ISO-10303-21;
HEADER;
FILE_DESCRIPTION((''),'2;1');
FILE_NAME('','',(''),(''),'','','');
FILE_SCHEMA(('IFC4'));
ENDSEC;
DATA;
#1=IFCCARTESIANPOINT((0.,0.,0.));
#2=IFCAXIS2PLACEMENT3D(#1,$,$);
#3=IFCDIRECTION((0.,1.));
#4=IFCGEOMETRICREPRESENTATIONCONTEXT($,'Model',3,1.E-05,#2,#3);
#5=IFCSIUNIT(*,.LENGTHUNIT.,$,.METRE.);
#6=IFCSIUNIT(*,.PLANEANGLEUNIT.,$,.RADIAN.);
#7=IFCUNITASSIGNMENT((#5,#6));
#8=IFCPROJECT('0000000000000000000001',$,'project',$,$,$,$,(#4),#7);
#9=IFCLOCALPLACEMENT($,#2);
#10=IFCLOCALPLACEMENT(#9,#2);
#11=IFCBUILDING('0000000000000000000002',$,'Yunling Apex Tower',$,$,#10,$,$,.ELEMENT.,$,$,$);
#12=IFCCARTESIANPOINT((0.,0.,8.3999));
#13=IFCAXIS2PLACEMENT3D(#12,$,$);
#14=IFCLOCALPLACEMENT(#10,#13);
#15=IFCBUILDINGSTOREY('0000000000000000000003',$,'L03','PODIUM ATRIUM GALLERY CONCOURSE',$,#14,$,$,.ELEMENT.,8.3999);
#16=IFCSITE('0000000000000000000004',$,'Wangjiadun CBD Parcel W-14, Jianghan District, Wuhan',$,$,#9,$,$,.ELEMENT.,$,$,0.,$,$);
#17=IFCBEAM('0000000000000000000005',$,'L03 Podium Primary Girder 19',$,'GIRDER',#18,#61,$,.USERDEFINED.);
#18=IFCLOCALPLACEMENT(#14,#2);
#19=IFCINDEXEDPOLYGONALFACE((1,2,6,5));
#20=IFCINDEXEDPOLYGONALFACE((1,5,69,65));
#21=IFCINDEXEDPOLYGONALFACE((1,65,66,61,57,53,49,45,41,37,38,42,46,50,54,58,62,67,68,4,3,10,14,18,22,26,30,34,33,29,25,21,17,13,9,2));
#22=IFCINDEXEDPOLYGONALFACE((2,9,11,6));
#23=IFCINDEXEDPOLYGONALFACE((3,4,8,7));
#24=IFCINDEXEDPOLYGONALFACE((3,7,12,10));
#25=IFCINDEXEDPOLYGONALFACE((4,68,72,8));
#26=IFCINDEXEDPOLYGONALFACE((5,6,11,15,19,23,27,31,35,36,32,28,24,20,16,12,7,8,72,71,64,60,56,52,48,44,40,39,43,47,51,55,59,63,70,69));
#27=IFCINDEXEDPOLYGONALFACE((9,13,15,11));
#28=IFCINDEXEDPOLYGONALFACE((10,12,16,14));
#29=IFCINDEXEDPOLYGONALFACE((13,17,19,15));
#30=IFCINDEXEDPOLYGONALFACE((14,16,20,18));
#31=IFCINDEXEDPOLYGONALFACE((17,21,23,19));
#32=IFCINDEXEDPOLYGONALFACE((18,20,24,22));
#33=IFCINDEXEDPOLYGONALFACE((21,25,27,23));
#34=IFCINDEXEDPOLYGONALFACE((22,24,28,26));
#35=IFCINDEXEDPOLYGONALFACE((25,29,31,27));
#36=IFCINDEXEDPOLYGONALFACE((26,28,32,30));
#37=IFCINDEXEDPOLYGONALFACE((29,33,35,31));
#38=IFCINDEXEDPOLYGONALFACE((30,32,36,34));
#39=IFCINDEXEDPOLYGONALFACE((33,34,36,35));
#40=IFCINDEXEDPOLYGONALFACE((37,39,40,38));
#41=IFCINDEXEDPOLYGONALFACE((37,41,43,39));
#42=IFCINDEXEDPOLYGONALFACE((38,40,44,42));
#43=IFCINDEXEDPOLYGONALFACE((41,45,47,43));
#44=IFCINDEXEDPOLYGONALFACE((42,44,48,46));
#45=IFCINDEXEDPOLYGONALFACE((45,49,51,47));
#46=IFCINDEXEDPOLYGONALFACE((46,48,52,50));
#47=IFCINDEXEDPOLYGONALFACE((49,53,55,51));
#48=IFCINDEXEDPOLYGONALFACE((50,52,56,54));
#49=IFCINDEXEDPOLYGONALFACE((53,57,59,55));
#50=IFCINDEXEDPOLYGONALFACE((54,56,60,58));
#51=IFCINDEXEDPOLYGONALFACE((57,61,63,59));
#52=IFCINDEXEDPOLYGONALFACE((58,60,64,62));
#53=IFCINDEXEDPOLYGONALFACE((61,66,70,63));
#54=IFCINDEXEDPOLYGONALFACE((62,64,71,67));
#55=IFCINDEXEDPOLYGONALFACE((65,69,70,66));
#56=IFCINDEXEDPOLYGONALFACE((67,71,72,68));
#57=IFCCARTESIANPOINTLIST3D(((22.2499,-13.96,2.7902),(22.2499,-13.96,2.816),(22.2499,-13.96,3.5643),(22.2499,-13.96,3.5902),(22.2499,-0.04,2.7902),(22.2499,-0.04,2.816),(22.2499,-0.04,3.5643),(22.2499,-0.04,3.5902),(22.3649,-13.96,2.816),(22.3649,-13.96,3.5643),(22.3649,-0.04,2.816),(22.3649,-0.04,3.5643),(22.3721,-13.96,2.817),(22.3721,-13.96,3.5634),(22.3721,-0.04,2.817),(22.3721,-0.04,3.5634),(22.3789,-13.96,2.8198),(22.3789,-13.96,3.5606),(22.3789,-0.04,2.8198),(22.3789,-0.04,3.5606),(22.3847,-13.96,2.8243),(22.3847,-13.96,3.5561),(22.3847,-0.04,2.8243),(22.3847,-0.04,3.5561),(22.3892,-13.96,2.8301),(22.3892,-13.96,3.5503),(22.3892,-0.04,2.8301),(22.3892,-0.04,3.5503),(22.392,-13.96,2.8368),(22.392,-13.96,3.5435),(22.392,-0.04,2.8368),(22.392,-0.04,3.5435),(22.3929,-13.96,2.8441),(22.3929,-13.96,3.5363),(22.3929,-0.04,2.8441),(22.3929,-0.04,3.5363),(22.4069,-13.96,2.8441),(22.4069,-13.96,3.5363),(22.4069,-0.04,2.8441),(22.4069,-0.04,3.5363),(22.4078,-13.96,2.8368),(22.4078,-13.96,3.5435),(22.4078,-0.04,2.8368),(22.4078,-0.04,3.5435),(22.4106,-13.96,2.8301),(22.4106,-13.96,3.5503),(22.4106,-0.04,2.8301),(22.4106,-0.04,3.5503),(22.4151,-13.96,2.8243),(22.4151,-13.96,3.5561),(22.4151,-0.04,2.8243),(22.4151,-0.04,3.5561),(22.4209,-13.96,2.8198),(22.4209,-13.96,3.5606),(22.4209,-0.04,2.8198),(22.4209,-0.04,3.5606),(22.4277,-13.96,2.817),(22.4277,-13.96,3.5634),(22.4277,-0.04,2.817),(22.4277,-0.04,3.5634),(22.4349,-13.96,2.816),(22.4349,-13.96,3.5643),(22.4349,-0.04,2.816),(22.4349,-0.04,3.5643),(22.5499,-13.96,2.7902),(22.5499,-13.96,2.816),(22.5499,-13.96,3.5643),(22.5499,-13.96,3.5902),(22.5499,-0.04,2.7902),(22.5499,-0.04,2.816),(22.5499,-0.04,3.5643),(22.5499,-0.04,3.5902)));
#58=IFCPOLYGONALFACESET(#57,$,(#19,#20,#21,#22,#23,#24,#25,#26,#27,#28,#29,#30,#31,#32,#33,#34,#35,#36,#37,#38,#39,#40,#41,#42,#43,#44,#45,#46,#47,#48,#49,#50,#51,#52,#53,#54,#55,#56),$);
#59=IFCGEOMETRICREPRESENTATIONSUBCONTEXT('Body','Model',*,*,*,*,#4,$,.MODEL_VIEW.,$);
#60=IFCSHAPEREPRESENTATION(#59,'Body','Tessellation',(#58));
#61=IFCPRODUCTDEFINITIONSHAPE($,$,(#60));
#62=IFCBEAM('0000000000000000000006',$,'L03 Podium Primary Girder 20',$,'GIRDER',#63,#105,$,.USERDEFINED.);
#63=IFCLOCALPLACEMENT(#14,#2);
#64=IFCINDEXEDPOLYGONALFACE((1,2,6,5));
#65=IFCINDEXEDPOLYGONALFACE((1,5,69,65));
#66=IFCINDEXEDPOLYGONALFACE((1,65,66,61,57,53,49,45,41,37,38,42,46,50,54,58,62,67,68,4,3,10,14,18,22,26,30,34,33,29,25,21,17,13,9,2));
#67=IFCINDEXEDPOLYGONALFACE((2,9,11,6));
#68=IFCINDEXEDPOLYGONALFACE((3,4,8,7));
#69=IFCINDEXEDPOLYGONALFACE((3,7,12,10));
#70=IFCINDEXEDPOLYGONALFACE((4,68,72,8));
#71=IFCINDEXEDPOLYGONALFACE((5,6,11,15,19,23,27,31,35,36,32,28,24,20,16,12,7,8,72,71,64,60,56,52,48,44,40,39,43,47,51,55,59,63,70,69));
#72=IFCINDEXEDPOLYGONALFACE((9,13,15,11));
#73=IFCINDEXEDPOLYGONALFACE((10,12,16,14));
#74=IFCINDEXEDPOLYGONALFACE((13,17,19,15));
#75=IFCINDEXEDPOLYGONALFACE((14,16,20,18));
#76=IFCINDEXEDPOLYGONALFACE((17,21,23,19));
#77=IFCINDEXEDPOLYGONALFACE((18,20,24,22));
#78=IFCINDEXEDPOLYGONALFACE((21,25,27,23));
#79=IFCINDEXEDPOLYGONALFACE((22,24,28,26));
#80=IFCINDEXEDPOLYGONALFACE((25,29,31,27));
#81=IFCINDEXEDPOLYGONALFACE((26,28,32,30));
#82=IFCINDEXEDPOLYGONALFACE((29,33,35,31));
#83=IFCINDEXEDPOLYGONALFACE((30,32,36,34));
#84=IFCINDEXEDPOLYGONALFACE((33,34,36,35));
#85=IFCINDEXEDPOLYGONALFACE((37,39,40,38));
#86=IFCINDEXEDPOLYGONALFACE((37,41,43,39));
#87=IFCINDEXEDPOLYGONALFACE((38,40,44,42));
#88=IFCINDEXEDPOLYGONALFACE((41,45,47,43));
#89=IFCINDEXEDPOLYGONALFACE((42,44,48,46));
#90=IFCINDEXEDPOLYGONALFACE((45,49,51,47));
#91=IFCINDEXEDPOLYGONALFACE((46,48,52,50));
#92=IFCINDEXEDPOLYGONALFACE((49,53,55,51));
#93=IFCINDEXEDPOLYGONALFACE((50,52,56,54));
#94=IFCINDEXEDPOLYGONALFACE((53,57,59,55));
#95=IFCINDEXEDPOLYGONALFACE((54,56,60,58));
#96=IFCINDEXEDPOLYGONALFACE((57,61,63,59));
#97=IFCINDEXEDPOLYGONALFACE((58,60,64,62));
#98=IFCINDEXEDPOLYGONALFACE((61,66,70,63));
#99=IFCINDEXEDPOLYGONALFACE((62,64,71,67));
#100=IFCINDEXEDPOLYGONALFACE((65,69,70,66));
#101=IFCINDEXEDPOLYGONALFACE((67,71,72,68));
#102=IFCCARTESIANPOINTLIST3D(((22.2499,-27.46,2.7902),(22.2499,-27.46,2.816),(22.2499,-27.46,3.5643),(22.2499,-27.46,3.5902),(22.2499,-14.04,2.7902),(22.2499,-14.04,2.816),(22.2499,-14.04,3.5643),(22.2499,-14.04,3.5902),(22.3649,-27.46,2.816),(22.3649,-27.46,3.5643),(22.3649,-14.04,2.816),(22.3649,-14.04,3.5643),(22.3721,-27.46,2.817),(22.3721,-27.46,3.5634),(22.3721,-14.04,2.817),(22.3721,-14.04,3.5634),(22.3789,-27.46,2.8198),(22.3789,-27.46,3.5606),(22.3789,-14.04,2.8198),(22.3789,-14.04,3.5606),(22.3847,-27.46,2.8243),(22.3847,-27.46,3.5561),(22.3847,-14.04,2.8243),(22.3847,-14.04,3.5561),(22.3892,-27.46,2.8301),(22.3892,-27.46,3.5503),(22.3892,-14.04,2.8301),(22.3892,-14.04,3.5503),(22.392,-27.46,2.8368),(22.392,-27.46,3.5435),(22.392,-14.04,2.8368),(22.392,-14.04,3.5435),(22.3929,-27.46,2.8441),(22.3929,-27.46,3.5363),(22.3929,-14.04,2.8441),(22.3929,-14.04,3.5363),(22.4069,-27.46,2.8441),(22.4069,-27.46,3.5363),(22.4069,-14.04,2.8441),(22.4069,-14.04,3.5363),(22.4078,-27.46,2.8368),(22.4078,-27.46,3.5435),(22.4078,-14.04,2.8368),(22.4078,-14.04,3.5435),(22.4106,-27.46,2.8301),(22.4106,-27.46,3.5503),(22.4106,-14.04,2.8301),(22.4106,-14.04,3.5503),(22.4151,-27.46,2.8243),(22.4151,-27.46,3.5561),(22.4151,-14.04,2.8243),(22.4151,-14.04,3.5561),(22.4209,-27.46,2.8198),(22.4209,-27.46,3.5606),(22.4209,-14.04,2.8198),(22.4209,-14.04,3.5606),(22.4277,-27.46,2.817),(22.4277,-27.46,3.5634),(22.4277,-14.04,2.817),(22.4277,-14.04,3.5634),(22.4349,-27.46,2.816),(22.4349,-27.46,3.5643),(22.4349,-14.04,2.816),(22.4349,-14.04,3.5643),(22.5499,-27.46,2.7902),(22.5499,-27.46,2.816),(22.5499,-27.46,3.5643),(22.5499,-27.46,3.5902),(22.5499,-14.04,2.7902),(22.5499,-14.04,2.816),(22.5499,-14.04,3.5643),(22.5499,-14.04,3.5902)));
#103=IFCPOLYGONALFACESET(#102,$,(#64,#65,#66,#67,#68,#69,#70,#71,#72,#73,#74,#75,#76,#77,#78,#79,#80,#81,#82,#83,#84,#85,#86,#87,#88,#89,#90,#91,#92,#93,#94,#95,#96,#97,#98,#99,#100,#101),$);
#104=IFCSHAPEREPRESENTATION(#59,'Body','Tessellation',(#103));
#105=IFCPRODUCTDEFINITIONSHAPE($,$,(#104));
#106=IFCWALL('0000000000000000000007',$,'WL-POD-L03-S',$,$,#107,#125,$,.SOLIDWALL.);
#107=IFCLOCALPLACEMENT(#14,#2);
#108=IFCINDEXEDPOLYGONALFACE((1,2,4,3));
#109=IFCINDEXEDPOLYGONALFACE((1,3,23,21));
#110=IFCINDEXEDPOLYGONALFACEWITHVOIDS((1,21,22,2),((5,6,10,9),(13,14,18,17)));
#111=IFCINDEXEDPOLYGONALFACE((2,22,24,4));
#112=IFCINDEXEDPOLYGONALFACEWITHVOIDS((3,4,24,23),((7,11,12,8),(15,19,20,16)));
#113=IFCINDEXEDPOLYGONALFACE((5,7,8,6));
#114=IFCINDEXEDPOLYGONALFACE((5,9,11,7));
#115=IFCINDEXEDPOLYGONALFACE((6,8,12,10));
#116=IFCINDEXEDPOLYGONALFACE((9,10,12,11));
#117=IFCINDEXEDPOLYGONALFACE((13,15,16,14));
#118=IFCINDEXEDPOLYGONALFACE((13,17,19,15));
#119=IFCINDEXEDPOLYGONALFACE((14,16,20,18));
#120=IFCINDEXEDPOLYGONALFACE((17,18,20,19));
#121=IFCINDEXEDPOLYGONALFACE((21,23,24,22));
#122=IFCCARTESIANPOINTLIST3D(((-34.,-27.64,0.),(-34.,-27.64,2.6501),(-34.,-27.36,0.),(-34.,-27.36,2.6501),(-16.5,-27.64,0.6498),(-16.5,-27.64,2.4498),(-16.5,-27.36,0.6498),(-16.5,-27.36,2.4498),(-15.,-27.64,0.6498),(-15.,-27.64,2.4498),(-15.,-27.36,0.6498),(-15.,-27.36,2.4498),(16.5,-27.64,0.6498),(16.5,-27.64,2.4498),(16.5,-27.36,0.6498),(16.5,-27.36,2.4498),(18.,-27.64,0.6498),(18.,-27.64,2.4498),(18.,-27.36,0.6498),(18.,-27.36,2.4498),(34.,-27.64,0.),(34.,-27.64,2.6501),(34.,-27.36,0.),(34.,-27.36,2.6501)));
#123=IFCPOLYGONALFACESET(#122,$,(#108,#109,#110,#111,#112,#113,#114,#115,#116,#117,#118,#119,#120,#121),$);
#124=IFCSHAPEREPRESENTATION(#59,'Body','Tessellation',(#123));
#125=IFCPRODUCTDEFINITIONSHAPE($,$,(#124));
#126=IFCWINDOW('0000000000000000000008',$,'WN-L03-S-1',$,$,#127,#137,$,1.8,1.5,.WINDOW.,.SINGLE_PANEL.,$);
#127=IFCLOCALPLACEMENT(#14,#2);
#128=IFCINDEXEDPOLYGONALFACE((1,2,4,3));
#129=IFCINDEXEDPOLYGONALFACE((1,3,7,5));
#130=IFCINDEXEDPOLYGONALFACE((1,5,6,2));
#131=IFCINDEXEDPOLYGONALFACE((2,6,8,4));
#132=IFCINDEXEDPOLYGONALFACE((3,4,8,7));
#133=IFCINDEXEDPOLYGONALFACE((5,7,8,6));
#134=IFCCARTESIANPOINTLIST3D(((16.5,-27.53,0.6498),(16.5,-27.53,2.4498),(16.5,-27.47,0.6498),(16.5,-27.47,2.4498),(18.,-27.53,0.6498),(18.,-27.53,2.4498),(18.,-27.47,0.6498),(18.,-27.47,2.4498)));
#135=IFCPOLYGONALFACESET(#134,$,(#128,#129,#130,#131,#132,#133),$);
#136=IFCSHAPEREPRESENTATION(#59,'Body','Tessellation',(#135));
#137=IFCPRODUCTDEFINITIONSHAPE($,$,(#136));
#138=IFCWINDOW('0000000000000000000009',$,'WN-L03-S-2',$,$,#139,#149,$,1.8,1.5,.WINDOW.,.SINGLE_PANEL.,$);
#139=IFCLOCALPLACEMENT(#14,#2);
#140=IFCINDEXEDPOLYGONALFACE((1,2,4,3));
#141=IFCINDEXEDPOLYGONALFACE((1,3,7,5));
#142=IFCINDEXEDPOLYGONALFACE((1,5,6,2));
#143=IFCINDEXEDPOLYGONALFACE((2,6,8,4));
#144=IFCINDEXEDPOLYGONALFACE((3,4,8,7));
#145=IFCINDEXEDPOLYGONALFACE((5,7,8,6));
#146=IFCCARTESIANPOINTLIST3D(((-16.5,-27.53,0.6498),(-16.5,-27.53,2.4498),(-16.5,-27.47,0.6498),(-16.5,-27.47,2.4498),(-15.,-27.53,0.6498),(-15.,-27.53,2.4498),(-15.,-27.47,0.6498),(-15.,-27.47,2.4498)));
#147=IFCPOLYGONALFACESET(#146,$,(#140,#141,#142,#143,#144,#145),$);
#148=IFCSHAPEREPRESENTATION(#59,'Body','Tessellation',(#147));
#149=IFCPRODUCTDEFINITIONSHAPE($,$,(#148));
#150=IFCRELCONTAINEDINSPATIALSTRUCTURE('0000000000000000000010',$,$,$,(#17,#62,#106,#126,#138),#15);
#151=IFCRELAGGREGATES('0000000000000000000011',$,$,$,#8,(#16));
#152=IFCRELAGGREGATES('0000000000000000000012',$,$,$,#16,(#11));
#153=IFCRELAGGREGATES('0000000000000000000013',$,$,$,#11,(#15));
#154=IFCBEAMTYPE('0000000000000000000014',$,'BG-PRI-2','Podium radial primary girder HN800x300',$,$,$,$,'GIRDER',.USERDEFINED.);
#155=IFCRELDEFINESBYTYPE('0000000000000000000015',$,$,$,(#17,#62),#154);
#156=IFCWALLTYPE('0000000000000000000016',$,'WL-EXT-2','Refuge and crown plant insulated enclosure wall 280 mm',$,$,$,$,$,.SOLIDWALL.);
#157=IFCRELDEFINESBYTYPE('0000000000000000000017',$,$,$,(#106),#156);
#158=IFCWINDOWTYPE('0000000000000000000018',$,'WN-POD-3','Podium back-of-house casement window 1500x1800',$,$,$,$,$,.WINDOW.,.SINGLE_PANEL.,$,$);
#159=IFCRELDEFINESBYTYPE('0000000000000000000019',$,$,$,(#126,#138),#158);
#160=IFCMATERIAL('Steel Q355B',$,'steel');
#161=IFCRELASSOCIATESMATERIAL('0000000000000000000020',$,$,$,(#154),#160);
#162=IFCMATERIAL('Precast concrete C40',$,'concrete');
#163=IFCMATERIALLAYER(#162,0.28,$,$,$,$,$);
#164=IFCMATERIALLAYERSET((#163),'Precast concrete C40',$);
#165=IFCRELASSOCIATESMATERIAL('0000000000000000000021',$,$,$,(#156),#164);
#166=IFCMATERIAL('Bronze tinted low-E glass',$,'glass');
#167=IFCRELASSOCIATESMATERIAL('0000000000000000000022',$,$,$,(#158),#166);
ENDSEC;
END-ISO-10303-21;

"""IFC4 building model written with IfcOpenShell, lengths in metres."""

from ifc_helpers import new_model, si_unit, direction, frame, frame_2d, origin, origin_2d, place, context, subcontext, project, spatial, rectangle, i_section, extrude, source, transform, mapped, material, layer, layer_set, material_profile, profile_set, type_object, element, fill, save


model = new_model("IFC4")

# Units and contexts
model_context = context("Model", 3, precision=1e-05, world=origin(), true_north=direction((0.0, 1.0)))
body_context = subcontext(model_context, "Body", "Model", "MODEL_VIEW")
ifc_project = project(units=[si_unit("LENGTHUNIT", "METRE"), si_unit("PLANEANGLEUNIT", "RADIAN")], contexts=[model_context])

# Site, building, storey
site_placement = place(None, origin())
site = spatial("IfcSite", under=ifc_project, at=site_placement, Name="Wangjiadun CBD Parcel W-14, Jianghan District, Wuhan", CompositionType="ELEMENT", RefElevation=0.0)
building_placement = place(site_placement, origin())
building = spatial("IfcBuilding", under=site, at=building_placement, Name="Yunling Apex Tower", CompositionType="ELEMENT")
storey_placement = place(building_placement, frame((0.0, 0.0, 8.3999)))
storey = spatial("IfcBuildingStorey", under=building, at=storey_placement, Name="L03", Description="PODIUM ATRIUM GALLERY CONCOURSE", CompositionType="ELEMENT", Elevation=8.3999)

# Beams
ifc_material_1 = material(Name="Steel Q355B", Category="steel")
ifc_material_profile_1 = material_profile(ifc_material_1, i_section(OverallWidth=0.3, OverallDepth=0.8, WebThickness=0.0139, FlangeThickness=0.0259, FilletRadius=0.0281, at=origin_2d()))
ifc_profile_set_1 = profile_set([ifc_material_profile_1], Name="Steel Q355B")
beam_type_1 = type_object("IfcBeamType", Name="BG-PRI-2", Description="Podium radial primary girder HN800x300", ElementType="GIRDER", PredefinedType="USERDEFINED", material=ifc_profile_set_1)
shared_shape_1 = source(origin(), body_context, "Body", "SweptSolid", [
    extrude(i_section(OverallWidth=0.3, OverallDepth=0.8, WebThickness=0.0139, FlangeThickness=0.0259, FilletRadius=0.0281, at=origin_2d()), origin(), (0.0, 0.0, 1.0), 13.9199),
])
beam_1_placement = place(storey_placement, frame((22.3999, -0.04, 3.1902), z_axis=(0.0, -1.0, 0.0), x_axis=(1.0, 0.0, 0.0)))
element("IfcBeam", 1, at=beam_1_placement, inside=storey, type_object=beam_type_1, Name="L03 Podium Primary Girder 19", ObjectType="GIRDER", PredefinedType="USERDEFINED", context=body_context, shape_type="MappedRepresentation", body=[
    mapped(shared_shape_1, transform((0.0, 0.0, 0.0), scale=1.0)),
])
shared_shape_2 = source(origin(), body_context, "Body", "SweptSolid", [
    extrude(i_section(OverallWidth=0.3, OverallDepth=0.8, WebThickness=0.0139, FlangeThickness=0.0259, FilletRadius=0.0281, at=origin_2d()), origin(), (0.0, 0.0, 1.0), 13.4199),
])
beam_2_placement = place(storey_placement, frame((22.3999, -14.04, 3.1902), z_axis=(0.0, -1.0, 0.0), x_axis=(1.0, 0.0, 0.0)))
element("IfcBeam", 2, at=beam_2_placement, inside=storey, type_object=beam_type_1, Name="L03 Podium Primary Girder 20", ObjectType="GIRDER", PredefinedType="USERDEFINED", context=body_context, shape_type="MappedRepresentation", body=[
    mapped(shared_shape_2, transform((0.0, 0.0, 0.0), scale=1.0)),
])

# Wall, openings, windows
ifc_material_2 = material(Name="Precast concrete C40", Category="concrete")
ifc_layer_1 = layer(ifc_material_2, 0.28)
ifc_layer_set_1 = layer_set([ifc_layer_1], Name="Precast concrete C40")
wall_type_1 = type_object("IfcWallType", Name="WL-EXT-2", Description="Refuge and crown plant insulated enclosure wall 280 mm", PredefinedType="SOLIDWALL", material=ifc_layer_set_1)
wall_1_placement = place(storey_placement, frame((34.0, -27.5, 0.0), z_axis=(0.0, 0.0, 1.0), x_axis=(-1.0, 0.0, 0.0)))
wall_1 = element("IfcWall", 3, at=wall_1_placement, inside=storey, type_object=wall_type_1, Name="WL-POD-L03-S", PredefinedType="SOLIDWALL", context=body_context, shape_type="SweptSolid", body=[
    extrude(rectangle(XDim=68.0, YDim=0.28, at=frame_2d((34.0, 0.0))), origin(), (0.0, 0.0, 1.0), 2.6501),
])
opening_1_placement = place(wall_1_placement, frame((16.0, 0.0, 0.6499)))
opening_1 = element("IfcOpeningElement", 4, at=opening_1_placement, cuts=wall_1, PredefinedType="OPENING", context=body_context, shape_type="SweptSolid", body=[
    extrude(rectangle(XDim=1.5, YDim=1.8, at=frame_2d((0.75, 0.8999))), frame((0.0, 0.1499, 0.0), z_axis=(0.0, -1.0, 0.0), x_axis=(1.0, 0.0, 0.0)), (0.0, 0.0, 1.0), 0.3),
])
opening_2_placement = place(wall_1_placement, frame((49.0, 0.0, 0.6499)))
opening_2 = element("IfcOpeningElement", 5, at=opening_2_placement, cuts=wall_1, PredefinedType="OPENING", context=body_context, shape_type="SweptSolid", body=[
    extrude(rectangle(XDim=1.5, YDim=1.8, at=frame_2d((0.75, 0.8999))), frame((0.0, 0.1499, 0.0), z_axis=(0.0, -1.0, 0.0), x_axis=(1.0, 0.0, 0.0)), (0.0, 0.0, 1.0), 0.3),
])
ifc_material_3 = material(Name="Bronze tinted low-E glass", Category="glass")
window_type = type_object("IfcWindowType", Name="WN-POD-3", Description="Podium back-of-house casement window 1500x1800", PartitioningType="SINGLE_PANEL", PredefinedType="WINDOW", material=ifc_material_3)
window_1_placement = place(opening_1_placement, origin())
window_1 = element("IfcWindow", 6, at=window_1_placement, inside=storey, type_object=window_type, Name="WN-L03-S-1", OverallHeight=1.8, OverallWidth=1.5, PartitioningType="SINGLE_PANEL", PredefinedType="WINDOW", context=body_context, shape_type="SweptSolid", body=[
    extrude(rectangle(XDim=1.5, YDim=1.8, at=frame_2d((0.75, 0.8999))), frame((0.0, 0.03, 0.0), z_axis=(0.0, -1.0, 0.0), x_axis=(1.0, 0.0, 0.0)), (0.0, 0.0, 1.0), 0.0601),
])
fill(opening_1, window_1)
window_2_placement = place(opening_2_placement, origin())
window_2 = element("IfcWindow", 7, at=window_2_placement, inside=storey, type_object=window_type, Name="WN-L03-S-2", OverallHeight=1.8, OverallWidth=1.5, PartitioningType="SINGLE_PANEL", PredefinedType="WINDOW", context=body_context, shape_type="SweptSolid", body=[
    extrude(rectangle(XDim=1.5, YDim=1.8, at=frame_2d((0.75, 0.8999))), frame((0.0, 0.03, 0.0), z_axis=(0.0, -1.0, 0.0), x_axis=(1.0, 0.0, 0.0)), (0.0, 0.0, 1.0), 0.0601),
])
fill(opening_2, window_2)

save(model, "model.ifc")
